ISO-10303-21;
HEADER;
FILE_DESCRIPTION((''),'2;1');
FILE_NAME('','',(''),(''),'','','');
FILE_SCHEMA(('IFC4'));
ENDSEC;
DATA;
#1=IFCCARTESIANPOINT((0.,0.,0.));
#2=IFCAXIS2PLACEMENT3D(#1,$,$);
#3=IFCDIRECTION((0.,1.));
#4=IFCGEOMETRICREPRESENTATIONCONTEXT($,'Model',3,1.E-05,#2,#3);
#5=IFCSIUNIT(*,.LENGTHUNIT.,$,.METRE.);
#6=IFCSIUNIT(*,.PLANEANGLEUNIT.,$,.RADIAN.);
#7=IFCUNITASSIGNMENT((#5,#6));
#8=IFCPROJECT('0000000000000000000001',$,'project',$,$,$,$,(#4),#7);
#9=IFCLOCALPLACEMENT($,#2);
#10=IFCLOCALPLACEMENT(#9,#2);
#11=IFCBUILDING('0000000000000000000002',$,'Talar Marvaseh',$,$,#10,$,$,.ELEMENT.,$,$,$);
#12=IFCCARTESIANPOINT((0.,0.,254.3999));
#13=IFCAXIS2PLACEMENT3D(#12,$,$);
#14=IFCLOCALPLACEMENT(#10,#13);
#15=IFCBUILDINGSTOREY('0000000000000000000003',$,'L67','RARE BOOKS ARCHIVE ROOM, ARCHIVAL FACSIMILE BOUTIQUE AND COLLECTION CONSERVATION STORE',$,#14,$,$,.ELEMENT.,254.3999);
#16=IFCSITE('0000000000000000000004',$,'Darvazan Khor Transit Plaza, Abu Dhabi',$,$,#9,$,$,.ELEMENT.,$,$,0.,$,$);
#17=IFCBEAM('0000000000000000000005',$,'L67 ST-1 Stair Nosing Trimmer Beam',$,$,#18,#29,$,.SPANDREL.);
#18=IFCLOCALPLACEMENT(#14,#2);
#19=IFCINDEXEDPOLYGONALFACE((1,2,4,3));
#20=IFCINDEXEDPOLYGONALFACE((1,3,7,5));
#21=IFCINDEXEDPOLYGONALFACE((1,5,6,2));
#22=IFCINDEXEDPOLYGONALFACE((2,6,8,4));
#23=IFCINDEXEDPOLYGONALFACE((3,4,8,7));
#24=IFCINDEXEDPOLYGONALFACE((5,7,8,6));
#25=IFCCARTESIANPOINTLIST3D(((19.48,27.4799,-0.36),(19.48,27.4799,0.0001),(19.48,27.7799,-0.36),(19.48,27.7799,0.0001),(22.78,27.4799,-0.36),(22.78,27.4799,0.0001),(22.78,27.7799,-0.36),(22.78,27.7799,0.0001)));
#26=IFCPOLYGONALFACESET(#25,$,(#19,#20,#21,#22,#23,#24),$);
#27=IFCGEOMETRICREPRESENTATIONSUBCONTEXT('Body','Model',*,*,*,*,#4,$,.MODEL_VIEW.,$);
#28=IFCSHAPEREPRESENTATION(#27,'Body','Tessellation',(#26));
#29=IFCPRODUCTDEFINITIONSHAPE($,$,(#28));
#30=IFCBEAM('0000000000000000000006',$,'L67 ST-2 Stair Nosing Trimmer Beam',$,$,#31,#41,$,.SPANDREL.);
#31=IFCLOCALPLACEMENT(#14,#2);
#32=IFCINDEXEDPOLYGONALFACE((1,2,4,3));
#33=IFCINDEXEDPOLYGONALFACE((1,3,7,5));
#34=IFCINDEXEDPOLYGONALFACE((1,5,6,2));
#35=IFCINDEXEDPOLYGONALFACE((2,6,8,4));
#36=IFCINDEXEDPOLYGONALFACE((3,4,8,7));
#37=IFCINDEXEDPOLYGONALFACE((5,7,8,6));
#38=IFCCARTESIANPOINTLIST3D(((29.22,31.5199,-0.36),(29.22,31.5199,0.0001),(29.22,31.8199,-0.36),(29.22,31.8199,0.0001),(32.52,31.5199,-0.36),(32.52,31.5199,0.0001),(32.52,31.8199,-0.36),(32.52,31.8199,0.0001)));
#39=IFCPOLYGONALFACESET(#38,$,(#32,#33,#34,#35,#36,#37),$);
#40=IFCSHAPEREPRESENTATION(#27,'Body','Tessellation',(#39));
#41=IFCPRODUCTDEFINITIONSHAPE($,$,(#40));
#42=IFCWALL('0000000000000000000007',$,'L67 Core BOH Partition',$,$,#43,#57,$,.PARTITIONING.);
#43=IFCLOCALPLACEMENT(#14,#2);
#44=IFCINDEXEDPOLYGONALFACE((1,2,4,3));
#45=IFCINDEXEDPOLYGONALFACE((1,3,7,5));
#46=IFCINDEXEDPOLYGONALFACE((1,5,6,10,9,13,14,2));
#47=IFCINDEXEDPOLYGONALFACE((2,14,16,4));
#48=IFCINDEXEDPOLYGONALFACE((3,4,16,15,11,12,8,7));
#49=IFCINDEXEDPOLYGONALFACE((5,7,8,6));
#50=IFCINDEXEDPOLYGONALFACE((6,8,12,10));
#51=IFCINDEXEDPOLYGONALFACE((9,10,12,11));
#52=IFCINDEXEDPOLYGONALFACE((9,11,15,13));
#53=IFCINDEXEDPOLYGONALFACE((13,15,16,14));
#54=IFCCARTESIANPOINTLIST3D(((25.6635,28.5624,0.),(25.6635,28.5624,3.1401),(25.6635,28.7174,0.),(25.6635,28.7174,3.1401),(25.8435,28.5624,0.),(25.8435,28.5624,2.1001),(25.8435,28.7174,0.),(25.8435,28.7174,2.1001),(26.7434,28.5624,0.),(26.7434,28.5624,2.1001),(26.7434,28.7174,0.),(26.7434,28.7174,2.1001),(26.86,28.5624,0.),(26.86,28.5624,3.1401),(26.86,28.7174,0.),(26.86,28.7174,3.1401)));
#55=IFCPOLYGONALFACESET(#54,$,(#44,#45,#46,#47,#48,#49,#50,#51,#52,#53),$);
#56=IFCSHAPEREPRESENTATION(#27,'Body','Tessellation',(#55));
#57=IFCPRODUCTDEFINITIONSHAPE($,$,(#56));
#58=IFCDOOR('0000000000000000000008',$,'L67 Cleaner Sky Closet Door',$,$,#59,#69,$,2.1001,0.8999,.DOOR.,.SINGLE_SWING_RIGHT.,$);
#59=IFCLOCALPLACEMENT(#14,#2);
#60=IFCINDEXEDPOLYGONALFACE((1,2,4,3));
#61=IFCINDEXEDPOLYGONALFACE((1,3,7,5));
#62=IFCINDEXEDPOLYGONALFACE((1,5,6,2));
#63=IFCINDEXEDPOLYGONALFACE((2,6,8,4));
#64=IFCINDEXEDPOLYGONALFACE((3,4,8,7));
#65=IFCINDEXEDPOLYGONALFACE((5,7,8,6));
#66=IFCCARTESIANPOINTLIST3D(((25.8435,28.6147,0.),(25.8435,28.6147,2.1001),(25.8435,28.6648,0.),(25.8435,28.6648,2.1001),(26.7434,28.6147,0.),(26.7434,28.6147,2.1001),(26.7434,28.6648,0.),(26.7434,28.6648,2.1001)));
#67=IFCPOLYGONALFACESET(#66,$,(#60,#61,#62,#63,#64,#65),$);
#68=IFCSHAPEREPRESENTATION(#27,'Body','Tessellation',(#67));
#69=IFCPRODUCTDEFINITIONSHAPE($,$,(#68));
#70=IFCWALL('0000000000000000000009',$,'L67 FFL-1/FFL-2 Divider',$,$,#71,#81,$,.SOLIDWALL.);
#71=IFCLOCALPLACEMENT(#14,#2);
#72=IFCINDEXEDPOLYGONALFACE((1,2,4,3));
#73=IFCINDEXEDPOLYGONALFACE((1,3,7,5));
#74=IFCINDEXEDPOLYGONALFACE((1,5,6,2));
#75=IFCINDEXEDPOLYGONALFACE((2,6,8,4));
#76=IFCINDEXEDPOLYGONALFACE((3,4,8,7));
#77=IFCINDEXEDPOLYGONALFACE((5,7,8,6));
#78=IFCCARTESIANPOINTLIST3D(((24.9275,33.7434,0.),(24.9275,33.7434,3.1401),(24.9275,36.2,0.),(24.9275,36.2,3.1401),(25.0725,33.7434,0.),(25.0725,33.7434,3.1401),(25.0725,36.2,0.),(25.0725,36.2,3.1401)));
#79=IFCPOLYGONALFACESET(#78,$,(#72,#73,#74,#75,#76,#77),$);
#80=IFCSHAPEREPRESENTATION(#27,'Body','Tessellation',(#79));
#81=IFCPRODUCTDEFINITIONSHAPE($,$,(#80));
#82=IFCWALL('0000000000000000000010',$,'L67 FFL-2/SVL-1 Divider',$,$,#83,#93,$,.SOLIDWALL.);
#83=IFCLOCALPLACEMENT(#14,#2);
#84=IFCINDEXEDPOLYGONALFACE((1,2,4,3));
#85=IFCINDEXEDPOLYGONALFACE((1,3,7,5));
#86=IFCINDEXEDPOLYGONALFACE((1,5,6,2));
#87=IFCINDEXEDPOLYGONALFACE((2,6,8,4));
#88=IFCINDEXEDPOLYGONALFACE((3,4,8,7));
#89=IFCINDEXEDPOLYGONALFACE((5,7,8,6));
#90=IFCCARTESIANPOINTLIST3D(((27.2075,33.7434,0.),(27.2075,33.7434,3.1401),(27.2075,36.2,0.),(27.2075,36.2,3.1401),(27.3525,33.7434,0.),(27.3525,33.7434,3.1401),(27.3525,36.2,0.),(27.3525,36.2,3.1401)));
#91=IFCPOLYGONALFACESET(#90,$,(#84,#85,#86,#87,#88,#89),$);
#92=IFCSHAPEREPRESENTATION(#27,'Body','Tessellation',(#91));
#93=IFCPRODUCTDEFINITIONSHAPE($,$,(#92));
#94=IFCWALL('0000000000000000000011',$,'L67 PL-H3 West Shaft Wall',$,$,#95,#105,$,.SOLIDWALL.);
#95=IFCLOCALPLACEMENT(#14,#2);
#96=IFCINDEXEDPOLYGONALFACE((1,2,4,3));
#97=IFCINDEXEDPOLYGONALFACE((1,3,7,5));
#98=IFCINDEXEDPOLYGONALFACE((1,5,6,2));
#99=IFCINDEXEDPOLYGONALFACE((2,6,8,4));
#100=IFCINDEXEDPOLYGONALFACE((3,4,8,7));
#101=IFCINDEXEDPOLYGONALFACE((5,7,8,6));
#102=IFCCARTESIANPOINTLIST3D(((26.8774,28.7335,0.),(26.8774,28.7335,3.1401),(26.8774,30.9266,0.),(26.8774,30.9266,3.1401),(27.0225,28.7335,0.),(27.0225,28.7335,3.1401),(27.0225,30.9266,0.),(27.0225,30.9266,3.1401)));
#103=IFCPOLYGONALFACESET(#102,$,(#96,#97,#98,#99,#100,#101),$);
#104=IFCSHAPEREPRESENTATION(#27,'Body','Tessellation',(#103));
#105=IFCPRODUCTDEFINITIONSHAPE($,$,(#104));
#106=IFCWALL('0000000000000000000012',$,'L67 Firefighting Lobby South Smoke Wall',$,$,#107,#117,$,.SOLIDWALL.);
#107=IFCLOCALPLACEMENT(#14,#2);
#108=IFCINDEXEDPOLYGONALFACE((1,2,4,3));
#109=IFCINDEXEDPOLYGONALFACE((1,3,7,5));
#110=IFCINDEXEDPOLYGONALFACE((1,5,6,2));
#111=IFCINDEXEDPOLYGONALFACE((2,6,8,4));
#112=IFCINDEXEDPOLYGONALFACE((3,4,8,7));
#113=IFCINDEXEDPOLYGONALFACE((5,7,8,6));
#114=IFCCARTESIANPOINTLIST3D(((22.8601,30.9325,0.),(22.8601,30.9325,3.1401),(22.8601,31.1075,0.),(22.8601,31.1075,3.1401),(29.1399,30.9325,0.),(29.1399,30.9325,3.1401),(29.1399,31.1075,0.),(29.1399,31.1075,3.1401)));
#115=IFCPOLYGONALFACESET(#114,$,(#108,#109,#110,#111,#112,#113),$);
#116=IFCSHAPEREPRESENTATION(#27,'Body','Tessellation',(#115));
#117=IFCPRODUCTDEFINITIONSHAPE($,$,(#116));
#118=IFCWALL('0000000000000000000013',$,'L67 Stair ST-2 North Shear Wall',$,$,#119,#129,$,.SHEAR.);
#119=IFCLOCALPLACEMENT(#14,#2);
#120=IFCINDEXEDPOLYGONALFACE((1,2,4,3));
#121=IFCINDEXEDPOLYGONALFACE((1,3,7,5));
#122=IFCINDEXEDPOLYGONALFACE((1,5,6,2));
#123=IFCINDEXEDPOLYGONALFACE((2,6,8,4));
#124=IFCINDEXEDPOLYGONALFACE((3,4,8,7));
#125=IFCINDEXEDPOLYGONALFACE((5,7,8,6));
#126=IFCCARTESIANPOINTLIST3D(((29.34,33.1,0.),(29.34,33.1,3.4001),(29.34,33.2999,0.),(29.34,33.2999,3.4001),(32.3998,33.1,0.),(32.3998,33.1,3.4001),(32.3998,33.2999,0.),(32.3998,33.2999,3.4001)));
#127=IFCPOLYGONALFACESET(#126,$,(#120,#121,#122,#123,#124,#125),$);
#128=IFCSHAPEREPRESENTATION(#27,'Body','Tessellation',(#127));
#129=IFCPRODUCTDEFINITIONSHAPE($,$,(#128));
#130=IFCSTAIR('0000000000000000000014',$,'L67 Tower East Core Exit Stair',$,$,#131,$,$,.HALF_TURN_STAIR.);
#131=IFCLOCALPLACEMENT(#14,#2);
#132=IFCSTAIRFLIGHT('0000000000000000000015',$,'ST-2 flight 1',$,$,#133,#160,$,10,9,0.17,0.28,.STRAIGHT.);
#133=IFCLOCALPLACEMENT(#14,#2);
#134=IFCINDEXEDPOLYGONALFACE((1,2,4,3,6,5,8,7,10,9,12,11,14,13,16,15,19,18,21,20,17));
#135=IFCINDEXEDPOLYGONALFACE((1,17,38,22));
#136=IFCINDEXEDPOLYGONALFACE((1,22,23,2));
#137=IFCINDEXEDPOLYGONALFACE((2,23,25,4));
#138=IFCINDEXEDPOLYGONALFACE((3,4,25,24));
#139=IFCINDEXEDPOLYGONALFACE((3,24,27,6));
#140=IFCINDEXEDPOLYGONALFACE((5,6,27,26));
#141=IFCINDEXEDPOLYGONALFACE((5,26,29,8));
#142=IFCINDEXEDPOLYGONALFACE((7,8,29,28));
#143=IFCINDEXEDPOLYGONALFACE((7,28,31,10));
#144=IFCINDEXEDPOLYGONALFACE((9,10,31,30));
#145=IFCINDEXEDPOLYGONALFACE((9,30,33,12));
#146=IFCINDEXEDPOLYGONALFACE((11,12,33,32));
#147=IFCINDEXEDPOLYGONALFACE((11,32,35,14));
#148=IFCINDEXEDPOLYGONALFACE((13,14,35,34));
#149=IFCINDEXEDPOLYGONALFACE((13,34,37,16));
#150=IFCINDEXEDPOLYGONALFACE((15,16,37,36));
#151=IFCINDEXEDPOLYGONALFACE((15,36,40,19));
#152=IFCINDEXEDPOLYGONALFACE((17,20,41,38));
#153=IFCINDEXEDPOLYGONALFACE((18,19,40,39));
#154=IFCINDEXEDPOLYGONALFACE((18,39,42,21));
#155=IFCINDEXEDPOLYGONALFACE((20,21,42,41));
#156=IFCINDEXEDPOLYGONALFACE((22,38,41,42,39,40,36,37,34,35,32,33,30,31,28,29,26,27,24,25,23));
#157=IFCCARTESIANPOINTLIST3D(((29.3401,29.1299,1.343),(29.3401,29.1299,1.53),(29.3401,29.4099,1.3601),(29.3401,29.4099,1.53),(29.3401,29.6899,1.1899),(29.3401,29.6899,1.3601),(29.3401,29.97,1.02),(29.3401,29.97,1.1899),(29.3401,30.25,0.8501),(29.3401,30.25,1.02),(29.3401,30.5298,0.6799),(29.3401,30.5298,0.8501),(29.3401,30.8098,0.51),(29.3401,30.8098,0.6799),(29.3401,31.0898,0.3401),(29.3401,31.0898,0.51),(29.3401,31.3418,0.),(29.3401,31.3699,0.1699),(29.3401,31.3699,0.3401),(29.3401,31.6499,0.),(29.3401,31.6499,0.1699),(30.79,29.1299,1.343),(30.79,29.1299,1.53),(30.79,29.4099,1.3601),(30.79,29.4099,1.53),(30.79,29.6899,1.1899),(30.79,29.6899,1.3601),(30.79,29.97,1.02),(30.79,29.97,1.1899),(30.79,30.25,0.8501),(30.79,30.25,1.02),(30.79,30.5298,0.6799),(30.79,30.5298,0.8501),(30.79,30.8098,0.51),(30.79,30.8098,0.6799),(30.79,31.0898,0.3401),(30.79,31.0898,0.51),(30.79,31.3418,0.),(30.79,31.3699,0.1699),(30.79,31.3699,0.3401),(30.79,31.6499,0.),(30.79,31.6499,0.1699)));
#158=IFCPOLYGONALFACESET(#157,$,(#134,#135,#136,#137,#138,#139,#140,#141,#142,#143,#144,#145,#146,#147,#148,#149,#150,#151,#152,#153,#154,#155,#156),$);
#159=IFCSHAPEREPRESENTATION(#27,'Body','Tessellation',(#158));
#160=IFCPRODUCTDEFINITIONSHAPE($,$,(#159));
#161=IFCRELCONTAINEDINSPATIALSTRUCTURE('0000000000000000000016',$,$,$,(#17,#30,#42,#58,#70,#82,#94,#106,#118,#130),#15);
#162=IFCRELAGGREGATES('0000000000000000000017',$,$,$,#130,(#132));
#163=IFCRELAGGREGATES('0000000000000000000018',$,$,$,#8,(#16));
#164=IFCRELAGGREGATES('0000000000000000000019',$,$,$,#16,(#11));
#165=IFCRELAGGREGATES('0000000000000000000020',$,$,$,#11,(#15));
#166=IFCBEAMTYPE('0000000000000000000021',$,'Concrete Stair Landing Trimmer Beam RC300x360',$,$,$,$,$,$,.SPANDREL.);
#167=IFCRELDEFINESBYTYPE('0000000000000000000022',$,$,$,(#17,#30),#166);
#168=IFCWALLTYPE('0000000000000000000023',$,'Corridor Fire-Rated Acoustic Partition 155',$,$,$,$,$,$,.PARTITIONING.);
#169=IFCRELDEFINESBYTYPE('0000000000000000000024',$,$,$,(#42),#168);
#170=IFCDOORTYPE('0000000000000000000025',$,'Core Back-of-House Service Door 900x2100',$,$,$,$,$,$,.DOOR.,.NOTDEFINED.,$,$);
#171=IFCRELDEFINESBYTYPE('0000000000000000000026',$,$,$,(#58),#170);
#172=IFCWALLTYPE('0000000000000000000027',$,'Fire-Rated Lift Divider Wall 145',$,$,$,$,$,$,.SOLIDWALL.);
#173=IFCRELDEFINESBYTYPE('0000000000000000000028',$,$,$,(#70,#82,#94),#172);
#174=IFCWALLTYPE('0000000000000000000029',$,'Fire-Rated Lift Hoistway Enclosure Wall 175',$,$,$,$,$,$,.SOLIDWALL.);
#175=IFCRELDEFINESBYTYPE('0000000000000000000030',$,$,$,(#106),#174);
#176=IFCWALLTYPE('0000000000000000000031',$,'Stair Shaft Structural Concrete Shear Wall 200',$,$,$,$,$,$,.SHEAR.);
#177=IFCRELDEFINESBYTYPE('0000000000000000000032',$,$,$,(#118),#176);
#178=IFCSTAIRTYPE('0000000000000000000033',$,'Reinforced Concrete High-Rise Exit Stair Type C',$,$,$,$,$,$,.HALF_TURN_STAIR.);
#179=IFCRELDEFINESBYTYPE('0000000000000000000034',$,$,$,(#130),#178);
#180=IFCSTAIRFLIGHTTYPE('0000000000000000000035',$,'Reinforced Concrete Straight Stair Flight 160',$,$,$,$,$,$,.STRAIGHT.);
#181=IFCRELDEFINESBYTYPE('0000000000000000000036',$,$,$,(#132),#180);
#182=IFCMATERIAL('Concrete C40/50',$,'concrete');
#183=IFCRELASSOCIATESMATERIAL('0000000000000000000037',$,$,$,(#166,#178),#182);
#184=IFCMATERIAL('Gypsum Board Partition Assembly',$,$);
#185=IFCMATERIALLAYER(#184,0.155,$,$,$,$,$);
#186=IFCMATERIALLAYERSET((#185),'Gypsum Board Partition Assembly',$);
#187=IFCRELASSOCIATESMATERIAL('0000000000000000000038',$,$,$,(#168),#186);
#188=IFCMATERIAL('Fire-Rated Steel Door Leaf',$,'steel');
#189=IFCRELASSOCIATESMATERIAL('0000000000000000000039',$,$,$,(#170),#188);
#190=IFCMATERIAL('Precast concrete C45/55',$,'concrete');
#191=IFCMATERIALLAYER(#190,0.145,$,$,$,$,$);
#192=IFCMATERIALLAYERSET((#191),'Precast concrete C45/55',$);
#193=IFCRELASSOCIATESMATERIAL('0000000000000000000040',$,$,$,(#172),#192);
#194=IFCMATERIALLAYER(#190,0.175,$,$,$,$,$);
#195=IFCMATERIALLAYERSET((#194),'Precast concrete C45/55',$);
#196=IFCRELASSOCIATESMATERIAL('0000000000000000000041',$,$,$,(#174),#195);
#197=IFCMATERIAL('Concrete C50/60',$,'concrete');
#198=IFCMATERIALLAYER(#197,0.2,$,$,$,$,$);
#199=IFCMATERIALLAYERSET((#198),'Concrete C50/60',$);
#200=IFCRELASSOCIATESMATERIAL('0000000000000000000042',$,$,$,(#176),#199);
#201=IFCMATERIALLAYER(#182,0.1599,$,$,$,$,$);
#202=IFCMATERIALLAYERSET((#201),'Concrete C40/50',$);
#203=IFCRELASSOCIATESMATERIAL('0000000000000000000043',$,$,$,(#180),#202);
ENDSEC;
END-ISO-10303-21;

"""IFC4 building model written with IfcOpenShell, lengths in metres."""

from ifc_helpers import new_model, si_unit, direction, frame, frame_2d, origin, origin_2d, place, context, subcontext, project, spatial, polyline, rectangle, outline, extrude, source, transform, mapped, material, layer, layer_set, material_profile, profile_set, type_object, type_shapes, element, fill, aggregate, save


model = new_model("IFC4")

# Units and contexts
model_context = context("Model", 3, precision=1e-05, world=origin(), true_north=direction((0.0, 1.0)))
body_context = subcontext(model_context, "Body", "Model", "MODEL_VIEW")
ifc_project = project(units=[si_unit("LENGTHUNIT", "METRE"), si_unit("PLANEANGLEUNIT", "RADIAN")], contexts=[model_context])

# Site, building, storey
site_placement = place(None, origin())
site = spatial("IfcSite", under=ifc_project, at=site_placement, Name="Darvazan Khor Transit Plaza, Abu Dhabi", CompositionType="ELEMENT", RefElevation=0.0)
building_placement = place(site_placement, origin())
building = spatial("IfcBuilding", under=site, at=building_placement, Name="Talar Marvaseh", CompositionType="ELEMENT")
storey_placement = place(building_placement, frame((0.0, 0.0, 254.3999)))
storey = spatial("IfcBuildingStorey", under=building, at=storey_placement, Name="L67", Description="RARE BOOKS ARCHIVE ROOM, ARCHIVAL FACSIMILE BOUTIQUE AND COLLECTION CONSERVATION STORE", CompositionType="ELEMENT", Elevation=254.3999)

# Beams
ifc_material_1 = material(Name="Concrete C40/50", Category="concrete")
ifc_material_profile = material_profile(ifc_material_1, rectangle(XDim=0.3, YDim=0.3601, at=origin_2d()), Name="RC300x360")
ifc_profile_set = profile_set([ifc_material_profile], Name="Concrete C40/50")
beam_type = type_object("IfcBeamType", Name="Concrete Stair Landing Trimmer Beam RC300x360", PredefinedType="SPANDREL", material=ifc_profile_set)
for number, where, z_axis, x_axis, name in (
    (1, (22.78, 27.6299, -0.1799), (-1.0, 0.0, 0.0), (0.0, -1.0, 0.0), "L67 ST-1 Stair Nosing Trimmer Beam"),
    (2, (29.22, 31.6699, -0.1799), (1.0, 0.0, 0.0), (0.0, 1.0, 0.0), "L67 ST-2 Stair Nosing Trimmer Beam"),
):
    element("IfcBeam", number, at=place(storey_placement, frame(where, z_axis=z_axis, x_axis=x_axis)), inside=storey, type_object=beam_type, Name=name, PredefinedType="SPANDREL", context=body_context, shape_type="SweptSolid", body=[
        extrude(rectangle(XDim=0.3, YDim=0.3601, at=origin_2d()), origin(), (0.0, 0.0, 1.0), 3.3),
    ])

# Wall, opening, door
ifc_material_2 = material(Name="Gypsum Board Partition Assembly")
ifc_layer_1 = layer(ifc_material_2, 0.155)
ifc_layer_set_1 = layer_set([ifc_layer_1], Name="Gypsum Board Partition Assembly")
wall_type_1 = type_object("IfcWallType", Name="Corridor Fire-Rated Acoustic Partition 155", PredefinedType="PARTITIONING", material=ifc_layer_set_1)
wall_1_placement = place(storey_placement, frame((25.6636, 28.6399, 0.0), z_axis=(0.0, 0.0, 1.0), x_axis=(1.0, 0.0, 0.0)))
wall_1 = element("IfcWall", 3, at=wall_1_placement, inside=storey, type_object=wall_type_1, Name="L67 Core BOH Partition", PredefinedType="PARTITIONING", context=body_context, shape_type="SweptSolid", body=[
    extrude(rectangle(XDim=1.1965, YDim=0.155, at=frame_2d((0.5981, 0.0))), origin(), (0.0, 0.0, 1.0), 3.1401),
])
opening_1_placement = place(wall_1_placement, frame((0.1799, 0.0, 0.0)))
opening_1 = element("IfcOpeningElement", 4, at=opening_1_placement, cuts=wall_1, PredefinedType="OPENING", context=body_context, shape_type="SweptSolid", body=[
    extrude(rectangle(XDim=0.8999, YDim=2.1001, at=frame_2d((0.45, 1.05))), frame((0.0, 0.0874, 0.0), z_axis=(0.0, -1.0, 0.0), x_axis=(1.0, 0.0, 0.0)), (0.0, 0.0, 1.0), 0.175),
])
ifc_material_3 = material(Name="Fire-Rated Steel Door Leaf", Category="steel")
door_type_1 = type_object("IfcDoorType", Name="Core Back-of-House Service Door 900x2100", OperationType="NOTDEFINED", PredefinedType="DOOR", material=ifc_material_3)
shared_shape_1 = source(origin(), body_context, "Body", "SweptSolid", [
    extrude(rectangle(XDim=0.8999, YDim=2.1001, at=frame_2d((0.45, 1.05))), frame((0.0, 0.0249, 0.0), z_axis=(0.0, -1.0, 0.0), x_axis=(1.0, 0.0, 0.0)), (0.0, 0.0, 1.0), 0.05),
])
type_shapes(door_type_1, [shared_shape_1])
door_1_placement = place(opening_1_placement, origin())
door_1 = element("IfcDoor", 5, at=door_1_placement, inside=storey, type_object=door_type_1, Name="L67 Cleaner Sky Closet Door", OperationType="SINGLE_SWING_RIGHT", OverallHeight=2.1001, OverallWidth=0.8999, PredefinedType="DOOR", context=body_context, shape_type="MappedRepresentation", body=[
    mapped(shared_shape_1, transform((0.0, 0.0, 0.0), x_axis=(1.0, 0.0, 0.0), y_axis=(0.0, 1.0, 0.0), z_axis=(0.0, 0.0, 1.0), scale=1.0)),
])
fill(opening_1, door_1)

# Walls
ifc_material_4 = material(Name="Precast concrete C45/55", Category="concrete")
ifc_layer_2 = layer(ifc_material_4, 0.145)
ifc_layer_set_2 = layer_set([ifc_layer_2], Name="Precast concrete C45/55")
wall_type_2 = type_object("IfcWallType", Name="Fire-Rated Lift Divider Wall 145", PredefinedType="SOLIDWALL", material=ifc_layer_set_2)
for number, where, z_axis, x_axis, name in (
    (6, (25.0, 33.7434, 0.0), (0.0, 0.0, 1.0), (0.0, 1.0, 0.0), "L67 FFL-1/FFL-2 Divider"),
    (7, (27.28, 33.7434, 0.0), (0.0, 0.0, 1.0), (0.0, 1.0, 0.0), "L67 FFL-2/SVL-1 Divider"),
):
    element("IfcWall", number, at=place(storey_placement, frame(where, z_axis=z_axis, x_axis=x_axis)), inside=storey, type_object=wall_type_2, Name=name, PredefinedType="SOLIDWALL", context=body_context, shape_type="SweptSolid", body=[
        extrude(rectangle(XDim=2.4565, YDim=0.145, at=frame_2d((1.2283, 0.0))), origin(), (0.0, 0.0, 1.0), 3.1401),
    ])
wall_2_placement = place(storey_placement, frame((26.95, 28.7334, 0.0), z_axis=(0.0, 0.0, 1.0), x_axis=(0.0, 1.0, 0.0)))
element("IfcWall", 8, at=wall_2_placement, inside=storey, type_object=wall_type_2, Name="L67 PL-H3 West Shaft Wall", PredefinedType="SOLIDWALL", context=body_context, shape_type="SweptSolid", body=[
    extrude(rectangle(XDim=2.1931, YDim=0.145, at=frame_2d((1.0967, 0.0))), origin(), (0.0, 0.0, 1.0), 3.1401),
])

# Shared definitions
ifc_layer_3 = layer(ifc_material_4, 0.175)
ifc_layer_set_3 = layer_set([ifc_layer_3], Name="Precast concrete C45/55")
wall_type_3 = type_object("IfcWallType", Name="Fire-Rated Lift Hoistway Enclosure Wall 175", PredefinedType="SOLIDWALL", material=ifc_layer_set_3)

# Wall
wall_3_placement = place(storey_placement, frame((22.8601, 31.02, 0.0), z_axis=(0.0, 0.0, 1.0), x_axis=(1.0, 0.0, 0.0)))
element("IfcWall", 9, at=wall_3_placement, inside=storey, type_object=wall_type_3, Name="L67 Firefighting Lobby South Smoke Wall", PredefinedType="SOLIDWALL", context=body_context, shape_type="SweptSolid", body=[
    extrude(rectangle(XDim=6.2798, YDim=0.175, at=frame_2d((3.1399, 0.0))), origin(), (0.0, 0.0, 1.0), 3.1401),
])

# Wall
ifc_material_5 = material(Name="Concrete C50/60", Category="concrete")
ifc_layer_4 = layer(ifc_material_5, 0.2)
ifc_layer_set_4 = layer_set([ifc_layer_4], Name="Concrete C50/60")
wall_type_4 = type_object("IfcWallType", Name="Stair Shaft Structural Concrete Shear Wall 200", PredefinedType="SHEAR", material=ifc_layer_set_4)
wall_4_placement = place(storey_placement, frame((29.3401, 33.2, 0.0), z_axis=(0.0, 0.0, 1.0), x_axis=(1.0, 0.0, 0.0)))
element("IfcWall", 10, at=wall_4_placement, inside=storey, type_object=wall_type_4, Name="L67 Stair ST-2 North Shear Wall", PredefinedType="SHEAR", context=body_context, shape_type="SweptSolid", body=[
    extrude(rectangle(XDim=3.0598, YDim=0.2, at=frame_2d((1.5298, 0.0))), origin(), (0.0, 0.0, 1.0), 3.4001),
])

# Stair, stair flight
stair_type = type_object("IfcStairType", Name="Reinforced Concrete High-Rise Exit Stair Type C", PredefinedType="HALF_TURN_STAIR", material=ifc_material_1)
stair_placement = place(storey_placement, origin())
stair = element("IfcStair", 11, at=stair_placement, inside=storey, type_object=stair_type, Name="L67 Tower East Core Exit Stair", PredefinedType="HALF_TURN_STAIR")
ifc_layer_5 = layer(ifc_material_1, 0.1599)
ifc_layer_set_5 = layer_set([ifc_layer_5], Name="Concrete C40/50")
stair_flight_type = type_object("IfcStairFlightType", Name="Reinforced Concrete Straight Stair Flight 160", PredefinedType="STRAIGHT", material=ifc_layer_set_5)
stair_flight_1_placement = place(storey_placement, frame((30.0649, 31.6499, 0.0), z_axis=(0.0, 0.0, 1.0), x_axis=(0.0, -1.0, 0.0)))
stair_flight_1 = element("IfcStairFlight", 12, at=stair_flight_1_placement, type_object=stair_flight_type, Name="ST-2 flight 1", NumberOfRisers=10, NumberOfTreads=9, PredefinedType="STRAIGHT", RiserHeight=0.17, TreadLength=0.28, context=body_context, shape_type="SweptSolid", body=[
    extrude(outline(polyline([(0.0, 0.0), (0.0, 0.1699), (0.28, 0.1699), (0.28, 0.3401), (0.5601, 0.3401), (0.5601, 0.51), (0.8401, 0.51), (0.8401, 0.6799), (1.1201, 0.6799), (1.1201, 0.8501), (1.3999, 0.8501), (1.3999, 1.02), (1.6799, 1.02), (1.6799, 1.1899), (1.96, 1.1899), (1.96, 1.3601), (2.24, 1.3601), (2.24, 1.53), (2.52, 1.53), (2.52, 1.7), (2.52, 1.343), (0.3081, 0.0), (0.0, 0.0)])), frame((0.0, 0.7251, 0.0), z_axis=(0.0, -1.0, 0.0), x_axis=(1.0, 0.0, 0.0)), (0.0, 0.0, 1.0), 1.45),
])
aggregate(stair, [stair_flight_1])

save(model, "model.ifc")
